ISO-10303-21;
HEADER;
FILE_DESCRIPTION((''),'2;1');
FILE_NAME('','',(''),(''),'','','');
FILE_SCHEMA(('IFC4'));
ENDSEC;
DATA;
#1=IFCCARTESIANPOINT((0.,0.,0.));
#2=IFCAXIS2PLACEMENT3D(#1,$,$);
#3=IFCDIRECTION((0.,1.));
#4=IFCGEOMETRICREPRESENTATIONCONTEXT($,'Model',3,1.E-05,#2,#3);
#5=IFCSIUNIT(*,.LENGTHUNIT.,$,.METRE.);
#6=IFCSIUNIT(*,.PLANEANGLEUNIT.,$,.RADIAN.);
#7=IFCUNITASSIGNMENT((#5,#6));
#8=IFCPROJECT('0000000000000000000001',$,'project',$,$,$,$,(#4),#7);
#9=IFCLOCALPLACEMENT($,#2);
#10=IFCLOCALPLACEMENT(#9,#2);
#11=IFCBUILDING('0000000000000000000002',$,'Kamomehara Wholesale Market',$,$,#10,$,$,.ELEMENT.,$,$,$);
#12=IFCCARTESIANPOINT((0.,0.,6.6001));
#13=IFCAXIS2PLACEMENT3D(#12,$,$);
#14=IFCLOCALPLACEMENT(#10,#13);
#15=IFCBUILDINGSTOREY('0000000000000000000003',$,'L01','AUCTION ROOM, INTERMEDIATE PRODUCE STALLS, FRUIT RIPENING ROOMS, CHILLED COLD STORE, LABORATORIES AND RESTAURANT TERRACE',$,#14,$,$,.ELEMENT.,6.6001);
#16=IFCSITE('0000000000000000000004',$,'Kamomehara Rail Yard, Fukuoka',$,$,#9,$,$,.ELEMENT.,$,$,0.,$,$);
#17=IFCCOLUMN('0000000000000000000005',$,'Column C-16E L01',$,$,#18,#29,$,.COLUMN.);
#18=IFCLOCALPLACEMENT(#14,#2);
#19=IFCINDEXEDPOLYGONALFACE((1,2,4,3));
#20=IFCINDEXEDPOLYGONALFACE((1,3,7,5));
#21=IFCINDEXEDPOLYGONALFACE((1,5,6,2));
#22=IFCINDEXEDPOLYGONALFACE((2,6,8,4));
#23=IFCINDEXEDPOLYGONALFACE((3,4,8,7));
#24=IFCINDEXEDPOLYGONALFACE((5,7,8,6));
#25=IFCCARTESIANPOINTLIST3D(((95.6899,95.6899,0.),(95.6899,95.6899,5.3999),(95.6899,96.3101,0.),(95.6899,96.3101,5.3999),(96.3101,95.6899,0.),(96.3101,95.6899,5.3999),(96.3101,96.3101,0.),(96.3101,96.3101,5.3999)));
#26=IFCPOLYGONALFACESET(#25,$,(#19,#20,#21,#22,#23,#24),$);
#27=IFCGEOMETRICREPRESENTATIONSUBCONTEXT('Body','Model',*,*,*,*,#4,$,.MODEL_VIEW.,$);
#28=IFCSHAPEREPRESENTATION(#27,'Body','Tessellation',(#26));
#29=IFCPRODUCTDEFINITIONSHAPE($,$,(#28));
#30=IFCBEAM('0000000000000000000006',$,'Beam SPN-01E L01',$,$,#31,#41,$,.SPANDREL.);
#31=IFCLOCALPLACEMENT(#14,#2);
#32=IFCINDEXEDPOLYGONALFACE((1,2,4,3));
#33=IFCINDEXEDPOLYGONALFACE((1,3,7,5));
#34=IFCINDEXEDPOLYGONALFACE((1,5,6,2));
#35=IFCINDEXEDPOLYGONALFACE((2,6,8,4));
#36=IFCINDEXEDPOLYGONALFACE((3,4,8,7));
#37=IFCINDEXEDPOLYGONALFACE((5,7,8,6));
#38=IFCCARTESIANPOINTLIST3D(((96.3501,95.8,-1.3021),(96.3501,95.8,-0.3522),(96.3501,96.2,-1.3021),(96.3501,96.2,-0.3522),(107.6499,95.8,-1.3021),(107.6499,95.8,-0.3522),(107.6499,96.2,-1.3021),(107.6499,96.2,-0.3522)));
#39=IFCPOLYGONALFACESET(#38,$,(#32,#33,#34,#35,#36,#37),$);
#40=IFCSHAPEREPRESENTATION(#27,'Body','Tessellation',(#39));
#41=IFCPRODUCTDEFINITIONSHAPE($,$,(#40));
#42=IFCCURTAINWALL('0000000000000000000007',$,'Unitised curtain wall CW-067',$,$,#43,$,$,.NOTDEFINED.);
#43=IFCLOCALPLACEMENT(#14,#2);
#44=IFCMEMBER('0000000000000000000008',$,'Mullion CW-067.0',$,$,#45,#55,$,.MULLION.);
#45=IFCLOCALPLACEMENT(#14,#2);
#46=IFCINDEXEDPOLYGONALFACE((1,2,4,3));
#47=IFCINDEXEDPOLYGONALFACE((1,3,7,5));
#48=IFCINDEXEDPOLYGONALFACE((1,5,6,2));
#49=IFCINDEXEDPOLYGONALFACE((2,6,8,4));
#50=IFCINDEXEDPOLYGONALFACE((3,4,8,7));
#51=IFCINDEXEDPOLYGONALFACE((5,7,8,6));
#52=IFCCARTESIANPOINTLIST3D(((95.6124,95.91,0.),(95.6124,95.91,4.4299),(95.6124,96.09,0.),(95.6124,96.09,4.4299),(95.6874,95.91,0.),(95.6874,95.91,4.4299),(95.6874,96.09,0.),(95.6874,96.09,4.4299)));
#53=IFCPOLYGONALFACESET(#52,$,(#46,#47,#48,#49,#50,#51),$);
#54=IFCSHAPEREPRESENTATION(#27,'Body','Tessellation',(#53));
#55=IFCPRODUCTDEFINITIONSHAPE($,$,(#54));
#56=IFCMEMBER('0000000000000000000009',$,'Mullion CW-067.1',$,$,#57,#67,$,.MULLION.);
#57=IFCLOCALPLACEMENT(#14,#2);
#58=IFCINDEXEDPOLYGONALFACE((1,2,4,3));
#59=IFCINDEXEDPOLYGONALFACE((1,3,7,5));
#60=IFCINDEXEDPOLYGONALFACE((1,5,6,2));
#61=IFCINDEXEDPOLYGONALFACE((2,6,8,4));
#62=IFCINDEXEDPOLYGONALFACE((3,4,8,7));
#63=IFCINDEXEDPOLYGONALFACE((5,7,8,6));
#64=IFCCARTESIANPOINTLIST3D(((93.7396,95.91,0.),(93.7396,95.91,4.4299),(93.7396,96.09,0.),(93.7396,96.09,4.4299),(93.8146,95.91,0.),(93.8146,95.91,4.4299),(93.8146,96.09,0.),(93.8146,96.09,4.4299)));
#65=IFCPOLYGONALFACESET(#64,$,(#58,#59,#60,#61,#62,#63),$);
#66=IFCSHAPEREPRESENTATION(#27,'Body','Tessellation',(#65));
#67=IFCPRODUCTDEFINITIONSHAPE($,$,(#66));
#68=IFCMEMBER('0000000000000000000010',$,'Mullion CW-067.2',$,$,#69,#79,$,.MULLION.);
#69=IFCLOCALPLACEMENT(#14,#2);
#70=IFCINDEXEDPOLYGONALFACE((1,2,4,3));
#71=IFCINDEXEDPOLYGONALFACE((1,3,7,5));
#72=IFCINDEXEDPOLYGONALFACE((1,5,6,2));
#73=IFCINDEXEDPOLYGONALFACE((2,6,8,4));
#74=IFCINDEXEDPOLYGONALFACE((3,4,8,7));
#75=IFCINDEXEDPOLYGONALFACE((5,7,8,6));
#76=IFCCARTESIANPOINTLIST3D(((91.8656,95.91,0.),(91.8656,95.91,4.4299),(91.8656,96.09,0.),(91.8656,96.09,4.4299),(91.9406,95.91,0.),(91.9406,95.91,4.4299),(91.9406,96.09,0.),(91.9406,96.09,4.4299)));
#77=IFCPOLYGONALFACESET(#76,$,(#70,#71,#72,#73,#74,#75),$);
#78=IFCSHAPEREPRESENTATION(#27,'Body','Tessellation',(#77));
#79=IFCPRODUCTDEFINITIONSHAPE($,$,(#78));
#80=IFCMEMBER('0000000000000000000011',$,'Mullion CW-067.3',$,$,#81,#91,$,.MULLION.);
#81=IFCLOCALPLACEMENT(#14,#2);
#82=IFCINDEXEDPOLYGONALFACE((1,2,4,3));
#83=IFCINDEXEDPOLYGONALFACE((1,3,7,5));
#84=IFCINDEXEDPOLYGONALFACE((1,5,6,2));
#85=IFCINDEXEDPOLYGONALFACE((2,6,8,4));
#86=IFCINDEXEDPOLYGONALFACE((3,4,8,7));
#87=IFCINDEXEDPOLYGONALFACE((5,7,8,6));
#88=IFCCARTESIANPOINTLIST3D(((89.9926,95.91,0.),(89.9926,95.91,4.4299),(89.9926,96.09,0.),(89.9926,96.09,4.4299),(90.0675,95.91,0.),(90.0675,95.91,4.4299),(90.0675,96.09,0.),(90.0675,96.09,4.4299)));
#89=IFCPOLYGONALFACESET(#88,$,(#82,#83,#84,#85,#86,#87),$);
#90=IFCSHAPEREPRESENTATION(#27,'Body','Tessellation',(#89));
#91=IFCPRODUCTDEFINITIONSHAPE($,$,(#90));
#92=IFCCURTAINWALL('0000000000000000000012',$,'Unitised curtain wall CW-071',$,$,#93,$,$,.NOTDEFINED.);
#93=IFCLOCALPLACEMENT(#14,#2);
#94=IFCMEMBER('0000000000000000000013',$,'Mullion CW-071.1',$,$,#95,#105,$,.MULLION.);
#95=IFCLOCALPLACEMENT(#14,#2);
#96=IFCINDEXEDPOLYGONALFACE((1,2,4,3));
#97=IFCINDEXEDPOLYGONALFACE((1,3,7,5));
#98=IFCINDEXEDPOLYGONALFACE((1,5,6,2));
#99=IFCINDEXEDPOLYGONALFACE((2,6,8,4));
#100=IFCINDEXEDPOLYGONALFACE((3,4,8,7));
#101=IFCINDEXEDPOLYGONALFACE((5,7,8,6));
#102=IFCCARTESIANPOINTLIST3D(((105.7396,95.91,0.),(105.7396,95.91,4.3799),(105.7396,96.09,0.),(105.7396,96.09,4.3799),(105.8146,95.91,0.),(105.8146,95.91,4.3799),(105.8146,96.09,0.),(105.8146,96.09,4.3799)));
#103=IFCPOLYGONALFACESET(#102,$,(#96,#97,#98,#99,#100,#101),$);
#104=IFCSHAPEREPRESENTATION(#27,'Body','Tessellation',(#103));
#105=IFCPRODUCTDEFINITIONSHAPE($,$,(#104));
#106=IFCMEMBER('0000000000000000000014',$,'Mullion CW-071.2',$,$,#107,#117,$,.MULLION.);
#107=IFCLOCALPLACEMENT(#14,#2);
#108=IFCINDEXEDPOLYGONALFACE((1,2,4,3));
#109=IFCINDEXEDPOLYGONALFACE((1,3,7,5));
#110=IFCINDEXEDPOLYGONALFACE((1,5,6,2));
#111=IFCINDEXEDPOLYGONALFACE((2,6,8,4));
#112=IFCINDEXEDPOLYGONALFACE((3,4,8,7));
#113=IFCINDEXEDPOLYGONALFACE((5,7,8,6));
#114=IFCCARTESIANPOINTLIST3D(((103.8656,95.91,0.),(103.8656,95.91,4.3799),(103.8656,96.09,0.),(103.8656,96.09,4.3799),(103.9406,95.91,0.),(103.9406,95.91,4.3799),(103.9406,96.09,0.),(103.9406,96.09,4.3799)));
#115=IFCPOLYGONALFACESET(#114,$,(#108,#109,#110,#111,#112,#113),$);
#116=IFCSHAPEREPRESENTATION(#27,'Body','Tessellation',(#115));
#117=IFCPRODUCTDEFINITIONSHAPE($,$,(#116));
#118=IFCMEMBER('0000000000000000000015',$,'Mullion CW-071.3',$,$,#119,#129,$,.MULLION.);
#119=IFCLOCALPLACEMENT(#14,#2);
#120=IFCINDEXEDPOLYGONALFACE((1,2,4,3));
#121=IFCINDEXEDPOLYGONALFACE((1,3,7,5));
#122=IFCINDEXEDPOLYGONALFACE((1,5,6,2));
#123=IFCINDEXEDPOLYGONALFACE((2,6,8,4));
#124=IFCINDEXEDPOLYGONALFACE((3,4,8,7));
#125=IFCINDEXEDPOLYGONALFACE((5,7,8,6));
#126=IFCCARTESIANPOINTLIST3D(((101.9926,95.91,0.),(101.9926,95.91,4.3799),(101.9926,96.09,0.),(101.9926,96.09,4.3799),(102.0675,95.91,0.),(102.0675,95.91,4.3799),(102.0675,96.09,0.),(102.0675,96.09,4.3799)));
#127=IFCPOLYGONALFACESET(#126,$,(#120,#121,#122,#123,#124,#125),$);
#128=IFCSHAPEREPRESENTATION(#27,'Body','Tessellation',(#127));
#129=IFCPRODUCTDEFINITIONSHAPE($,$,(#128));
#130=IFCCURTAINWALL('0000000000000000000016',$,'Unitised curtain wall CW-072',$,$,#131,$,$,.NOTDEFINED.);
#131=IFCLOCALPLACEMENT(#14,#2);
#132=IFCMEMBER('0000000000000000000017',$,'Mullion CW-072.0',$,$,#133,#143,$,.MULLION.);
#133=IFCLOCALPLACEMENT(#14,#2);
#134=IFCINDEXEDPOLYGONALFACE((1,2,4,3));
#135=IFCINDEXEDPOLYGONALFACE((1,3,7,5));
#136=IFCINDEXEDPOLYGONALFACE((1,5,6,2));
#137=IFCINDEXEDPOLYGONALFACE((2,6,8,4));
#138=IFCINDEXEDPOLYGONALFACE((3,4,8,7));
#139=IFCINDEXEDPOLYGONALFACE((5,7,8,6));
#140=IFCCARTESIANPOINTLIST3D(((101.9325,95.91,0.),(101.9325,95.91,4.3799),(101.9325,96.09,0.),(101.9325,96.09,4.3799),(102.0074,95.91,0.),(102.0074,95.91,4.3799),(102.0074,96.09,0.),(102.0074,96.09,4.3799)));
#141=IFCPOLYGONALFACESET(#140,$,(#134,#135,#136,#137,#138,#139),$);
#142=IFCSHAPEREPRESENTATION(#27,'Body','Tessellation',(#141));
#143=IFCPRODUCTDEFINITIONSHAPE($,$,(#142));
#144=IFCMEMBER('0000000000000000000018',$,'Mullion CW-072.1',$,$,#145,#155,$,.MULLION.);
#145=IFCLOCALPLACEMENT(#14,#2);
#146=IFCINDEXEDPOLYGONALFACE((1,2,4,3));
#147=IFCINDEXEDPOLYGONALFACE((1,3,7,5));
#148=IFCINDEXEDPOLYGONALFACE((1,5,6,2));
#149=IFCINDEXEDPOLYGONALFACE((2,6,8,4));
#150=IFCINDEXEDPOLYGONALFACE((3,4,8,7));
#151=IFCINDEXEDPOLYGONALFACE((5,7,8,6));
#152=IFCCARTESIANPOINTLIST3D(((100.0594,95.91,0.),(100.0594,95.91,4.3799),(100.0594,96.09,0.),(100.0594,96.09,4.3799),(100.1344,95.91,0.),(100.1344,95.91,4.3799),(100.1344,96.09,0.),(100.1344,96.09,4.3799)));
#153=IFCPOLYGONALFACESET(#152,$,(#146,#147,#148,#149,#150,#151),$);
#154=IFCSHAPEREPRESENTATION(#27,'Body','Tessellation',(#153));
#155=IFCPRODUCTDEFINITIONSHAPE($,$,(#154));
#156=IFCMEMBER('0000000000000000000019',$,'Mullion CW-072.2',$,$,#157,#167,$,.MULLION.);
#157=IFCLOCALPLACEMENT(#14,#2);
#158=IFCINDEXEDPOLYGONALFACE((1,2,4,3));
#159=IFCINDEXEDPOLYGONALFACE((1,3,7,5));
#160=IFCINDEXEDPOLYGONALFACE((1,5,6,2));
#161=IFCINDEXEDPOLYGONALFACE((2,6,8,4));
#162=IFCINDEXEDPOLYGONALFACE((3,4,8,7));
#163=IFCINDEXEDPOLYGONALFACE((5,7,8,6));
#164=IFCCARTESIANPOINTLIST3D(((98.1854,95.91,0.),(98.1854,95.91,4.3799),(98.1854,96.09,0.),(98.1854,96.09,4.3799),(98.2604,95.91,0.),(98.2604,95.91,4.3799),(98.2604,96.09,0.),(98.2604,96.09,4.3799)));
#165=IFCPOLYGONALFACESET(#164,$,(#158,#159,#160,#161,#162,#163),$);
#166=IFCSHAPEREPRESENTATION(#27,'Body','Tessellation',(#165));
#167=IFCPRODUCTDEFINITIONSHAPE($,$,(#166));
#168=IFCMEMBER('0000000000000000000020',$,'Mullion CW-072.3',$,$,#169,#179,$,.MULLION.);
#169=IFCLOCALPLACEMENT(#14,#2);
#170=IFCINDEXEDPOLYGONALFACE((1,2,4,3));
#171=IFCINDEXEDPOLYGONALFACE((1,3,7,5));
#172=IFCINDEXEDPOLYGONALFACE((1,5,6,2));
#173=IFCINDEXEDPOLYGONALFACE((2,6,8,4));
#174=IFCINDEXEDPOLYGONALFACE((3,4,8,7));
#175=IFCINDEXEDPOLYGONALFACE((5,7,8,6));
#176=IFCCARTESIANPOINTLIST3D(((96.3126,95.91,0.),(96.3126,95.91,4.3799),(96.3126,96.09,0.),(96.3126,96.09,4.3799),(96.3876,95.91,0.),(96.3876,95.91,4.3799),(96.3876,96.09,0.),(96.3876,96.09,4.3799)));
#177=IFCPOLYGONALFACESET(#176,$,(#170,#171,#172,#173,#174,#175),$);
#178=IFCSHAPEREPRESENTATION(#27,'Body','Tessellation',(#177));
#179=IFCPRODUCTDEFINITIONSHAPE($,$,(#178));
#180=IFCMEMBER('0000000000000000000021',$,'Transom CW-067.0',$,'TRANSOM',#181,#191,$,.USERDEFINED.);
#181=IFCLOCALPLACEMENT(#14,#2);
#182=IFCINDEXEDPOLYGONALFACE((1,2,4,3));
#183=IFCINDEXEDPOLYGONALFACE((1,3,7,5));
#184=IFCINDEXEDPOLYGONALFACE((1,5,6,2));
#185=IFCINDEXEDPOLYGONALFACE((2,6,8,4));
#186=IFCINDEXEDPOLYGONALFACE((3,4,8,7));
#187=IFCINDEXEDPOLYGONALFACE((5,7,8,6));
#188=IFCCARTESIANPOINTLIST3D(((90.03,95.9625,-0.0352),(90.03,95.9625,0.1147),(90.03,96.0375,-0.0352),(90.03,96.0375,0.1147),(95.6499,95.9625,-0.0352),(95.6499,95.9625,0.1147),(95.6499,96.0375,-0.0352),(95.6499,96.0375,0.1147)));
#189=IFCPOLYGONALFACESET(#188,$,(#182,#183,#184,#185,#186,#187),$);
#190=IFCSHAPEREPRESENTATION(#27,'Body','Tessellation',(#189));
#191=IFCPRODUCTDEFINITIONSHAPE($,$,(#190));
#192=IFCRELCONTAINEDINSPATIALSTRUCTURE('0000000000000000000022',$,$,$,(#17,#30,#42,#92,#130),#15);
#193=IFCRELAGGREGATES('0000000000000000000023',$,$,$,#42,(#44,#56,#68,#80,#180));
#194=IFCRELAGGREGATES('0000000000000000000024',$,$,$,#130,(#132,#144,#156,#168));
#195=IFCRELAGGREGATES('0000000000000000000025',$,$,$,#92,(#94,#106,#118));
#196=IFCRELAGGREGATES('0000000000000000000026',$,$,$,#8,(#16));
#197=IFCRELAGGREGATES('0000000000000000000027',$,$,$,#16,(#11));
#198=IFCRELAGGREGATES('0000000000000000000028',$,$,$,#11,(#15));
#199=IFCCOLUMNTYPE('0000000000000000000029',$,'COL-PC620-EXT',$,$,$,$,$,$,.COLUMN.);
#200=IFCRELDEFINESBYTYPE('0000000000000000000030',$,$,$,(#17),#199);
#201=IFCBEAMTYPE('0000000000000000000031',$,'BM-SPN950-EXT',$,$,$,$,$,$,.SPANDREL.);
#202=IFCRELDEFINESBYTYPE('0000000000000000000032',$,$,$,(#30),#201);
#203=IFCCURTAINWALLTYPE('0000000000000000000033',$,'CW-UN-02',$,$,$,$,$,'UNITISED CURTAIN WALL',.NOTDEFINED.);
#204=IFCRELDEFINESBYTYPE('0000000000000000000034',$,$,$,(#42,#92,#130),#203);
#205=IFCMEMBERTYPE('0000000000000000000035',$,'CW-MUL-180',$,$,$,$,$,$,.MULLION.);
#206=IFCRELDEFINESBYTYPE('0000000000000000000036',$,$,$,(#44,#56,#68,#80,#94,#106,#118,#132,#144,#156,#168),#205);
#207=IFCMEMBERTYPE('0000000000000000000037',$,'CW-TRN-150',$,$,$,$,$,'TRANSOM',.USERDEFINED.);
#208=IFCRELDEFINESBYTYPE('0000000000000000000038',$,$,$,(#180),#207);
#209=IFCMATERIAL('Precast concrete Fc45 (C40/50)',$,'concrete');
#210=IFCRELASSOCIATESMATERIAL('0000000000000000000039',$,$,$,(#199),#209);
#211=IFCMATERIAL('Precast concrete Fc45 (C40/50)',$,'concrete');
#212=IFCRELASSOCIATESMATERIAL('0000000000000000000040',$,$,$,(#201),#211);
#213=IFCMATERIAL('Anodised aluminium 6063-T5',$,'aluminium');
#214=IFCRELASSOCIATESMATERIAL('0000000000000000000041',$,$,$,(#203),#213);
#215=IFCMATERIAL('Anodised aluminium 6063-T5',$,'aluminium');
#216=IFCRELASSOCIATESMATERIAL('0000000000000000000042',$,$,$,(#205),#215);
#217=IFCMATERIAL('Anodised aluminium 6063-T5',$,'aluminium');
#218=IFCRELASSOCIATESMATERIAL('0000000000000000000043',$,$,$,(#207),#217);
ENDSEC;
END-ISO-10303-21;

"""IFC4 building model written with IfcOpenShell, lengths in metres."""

from ifc_helpers import new_model, si_unit, direction, frame, origin, origin_2d, place, context, subcontext, project, spatial, rectangle, extrude, material, material_profile, profile_set, type_object, element, aggregate, save


model = new_model("IFC4")

# Units and contexts
model_context = context("Model", 3, precision=1e-05, world=origin(), true_north=direction((0.0, 1.0)))
body_context = subcontext(model_context, "Body", "Model", "MODEL_VIEW")
ifc_project = project(units=[si_unit("LENGTHUNIT", "METRE"), si_unit("PLANEANGLEUNIT", "RADIAN")], contexts=[model_context])

# Site, building, storey
site_placement = place(None, origin())
site = spatial("IfcSite", under=ifc_project, at=site_placement, Name="Kamomehara Rail Yard, Fukuoka", CompositionType="ELEMENT", RefElevation=0.0)
building_placement = place(site_placement, origin())
building = spatial("IfcBuilding", under=site, at=building_placement, Name="Kamomehara Wholesale Market", CompositionType="ELEMENT")
storey_placement = place(building_placement, frame((0.0, 0.0, 6.6001)))
storey = spatial("IfcBuildingStorey", under=building, at=storey_placement, Name="L01", Description="AUCTION ROOM, INTERMEDIATE PRODUCE STALLS, FRUIT RIPENING ROOMS, CHILLED COLD STORE, LABORATORIES AND RESTAURANT TERRACE", CompositionType="ELEMENT", Elevation=6.6001)

# Column
ifc_material_1 = material(Name="Precast concrete Fc45 (C40/50)", Category="concrete")
ifc_material_profile_1 = material_profile(ifc_material_1, rectangle(XDim=0.6201, YDim=0.6201, at=origin_2d()), Name="PC-COL-620x620")
ifc_profile_set_1 = profile_set([ifc_material_profile_1], Name="Precast concrete Fc45 (C40/50)")
column_type = type_object("IfcColumnType", Name="COL-PC620-EXT", PredefinedType="COLUMN", material=ifc_profile_set_1)
column_placement = place(storey_placement, frame((96.0, 96.0, 0.0), z_axis=(0.0, 0.0, 1.0), x_axis=(1.0, 0.0, 0.0)))
element("IfcColumn", 1, at=column_placement, inside=storey, type_object=column_type, Name="Column C-16E L01", PredefinedType="COLUMN", context=body_context, shape_type="SweptSolid", body=[
    extrude(rectangle(XDim=0.6201, YDim=0.6201, at=origin_2d()), origin(), (0.0, 0.0, 1.0), 5.3999),
])

# Beam
ifc_material_2 = material(Name="Precast concrete Fc45 (C40/50)", Category="concrete")
ifc_material_profile_2 = material_profile(ifc_material_2, rectangle(XDim=0.3999, YDim=0.95, at=origin_2d()), Name="PC-SPN-400x950")
ifc_profile_set_2 = profile_set([ifc_material_profile_2], Name="Precast concrete Fc45 (C40/50)")
beam_type = type_object("IfcBeamType", Name="BM-SPN950-EXT", PredefinedType="SPANDREL", material=ifc_profile_set_2)
beam_placement = place(storey_placement, frame((96.3501, 96.0, -0.8271), z_axis=(1.0, 0.0, 0.0), x_axis=(0.0, 1.0, 0.0)))
element("IfcBeam", 2, at=beam_placement, inside=storey, type_object=beam_type, Name="Beam SPN-01E L01", PredefinedType="SPANDREL", context=body_context, shape_type="SweptSolid", body=[
    extrude(rectangle(XDim=0.3999, YDim=0.95, at=origin_2d()), origin(), (0.0, 0.0, 1.0), 11.2998),
])

# Curtain walls, members
ifc_material_3 = material(Name="Anodised aluminium 6063-T5", Category="aluminium")
curtain_wall_type = type_object("IfcCurtainWallType", Name="CW-UN-02", ElementType="UNITISED CURTAIN WALL", PredefinedType="NOTDEFINED", material=ifc_material_3)
curtain_wall_1_placement = place(storey_placement, origin())
curtain_wall_1 = element("IfcCurtainWall", 3, at=curtain_wall_1_placement, inside=storey, type_object=curtain_wall_type, Name="Unitised curtain wall CW-067", PredefinedType="NOTDEFINED")
ifc_material_4 = material(Name="Anodised aluminium 6063-T5", Category="aluminium")
ifc_material_profile_3 = material_profile(ifc_material_4, rectangle(XDim=0.075, YDim=0.1799, at=origin_2d()), Name="ALU-MUL-75x180")
ifc_profile_set_3 = profile_set([ifc_material_profile_3], Name="Anodised aluminium 6063-T5")
member_type_1 = type_object("IfcMemberType", Name="CW-MUL-180", PredefinedType="MULLION", material=ifc_profile_set_3)
member_1_placement = place(storey_placement, frame((95.6499, 96.0, 0.0), z_axis=(0.0, 0.0, 1.0), x_axis=(-1.0, 0.0, 0.0)))
member_1 = element("IfcMember", 4, at=member_1_placement, type_object=member_type_1, Name="Mullion CW-067.0", PredefinedType="MULLION", context=body_context, shape_type="SweptSolid", body=[
    extrude(rectangle(XDim=0.075, YDim=0.1799, at=origin_2d()), origin(), (0.0, 0.0, 1.0), 4.4299),
])
member_2_placement = place(storey_placement, frame((93.7771, 96.0, 0.0), z_axis=(0.0, 0.0, 1.0), x_axis=(-1.0, 0.0, 0.0)))
member_2 = element("IfcMember", 5, at=member_2_placement, type_object=member_type_1, Name="Mullion CW-067.1", PredefinedType="MULLION", context=body_context, shape_type="SweptSolid", body=[
    extrude(rectangle(XDim=0.075, YDim=0.1799, at=origin_2d()), origin(), (0.0, 0.0, 1.0), 4.4299),
])
member_3_placement = place(storey_placement, frame((91.9031, 96.0, 0.0), z_axis=(0.0, 0.0, 1.0), x_axis=(-1.0, 0.0, 0.0)))
member_3 = element("IfcMember", 6, at=member_3_placement, type_object=member_type_1, Name="Mullion CW-067.2", PredefinedType="MULLION", context=body_context, shape_type="SweptSolid", body=[
    extrude(rectangle(XDim=0.075, YDim=0.1799, at=origin_2d()), origin(), (0.0, 0.0, 1.0), 4.4299),
])
member_4_placement = place(storey_placement, frame((90.03, 96.0, 0.0), z_axis=(0.0, 0.0, 1.0), x_axis=(-1.0, 0.0, 0.0)))
member_4 = element("IfcMember", 7, at=member_4_placement, type_object=member_type_1, Name="Mullion CW-067.3", PredefinedType="MULLION", context=body_context, shape_type="SweptSolid", body=[
    extrude(rectangle(XDim=0.075, YDim=0.1799, at=origin_2d()), origin(), (0.0, 0.0, 1.0), 4.4299),
])
curtain_wall_2_placement = place(storey_placement, origin())
curtain_wall_2 = element("IfcCurtainWall", 8, at=curtain_wall_2_placement, inside=storey, type_object=curtain_wall_type, Name="Unitised curtain wall CW-071", PredefinedType="NOTDEFINED")
member_5_placement = place(storey_placement, frame((105.7771, 96.0, 0.0), z_axis=(0.0, 0.0, 1.0), x_axis=(-1.0, 0.0, 0.0)))
member_5 = element("IfcMember", 9, at=member_5_placement, type_object=member_type_1, Name="Mullion CW-071.1", PredefinedType="MULLION", context=body_context, shape_type="SweptSolid", body=[
    extrude(rectangle(XDim=0.075, YDim=0.1799, at=origin_2d()), origin(), (0.0, 0.0, 1.0), 4.3799),
])
member_6_placement = place(storey_placement, frame((103.9031, 96.0, 0.0), z_axis=(0.0, 0.0, 1.0), x_axis=(-1.0, 0.0, 0.0)))
member_6 = element("IfcMember", 10, at=member_6_placement, type_object=member_type_1, Name="Mullion CW-071.2", PredefinedType="MULLION", context=body_context, shape_type="SweptSolid", body=[
    extrude(rectangle(XDim=0.075, YDim=0.1799, at=origin_2d()), origin(), (0.0, 0.0, 1.0), 4.3799),
])
member_7_placement = place(storey_placement, frame((102.03, 96.0, 0.0), z_axis=(0.0, 0.0, 1.0), x_axis=(-1.0, 0.0, 0.0)))
member_7 = element("IfcMember", 11, at=member_7_placement, type_object=member_type_1, Name="Mullion CW-071.3", PredefinedType="MULLION", context=body_context, shape_type="SweptSolid", body=[
    extrude(rectangle(XDim=0.075, YDim=0.1799, at=origin_2d()), origin(), (0.0, 0.0, 1.0), 4.3799),
])
curtain_wall_3_placement = place(storey_placement, origin())
curtain_wall_3 = element("IfcCurtainWall", 12, at=curtain_wall_3_placement, inside=storey, type_object=curtain_wall_type, Name="Unitised curtain wall CW-072", PredefinedType="NOTDEFINED")
member_8_placement = place(storey_placement, frame((101.97, 96.0, 0.0), z_axis=(0.0, 0.0, 1.0), x_axis=(-1.0, 0.0, 0.0)))
member_8 = element("IfcMember", 13, at=member_8_placement, type_object=member_type_1, Name="Mullion CW-072.0", PredefinedType="MULLION", context=body_context, shape_type="SweptSolid", body=[
    extrude(rectangle(XDim=0.075, YDim=0.1799, at=origin_2d()), origin(), (0.0, 0.0, 1.0), 4.3799),
])
member_9_placement = place(storey_placement, frame((100.0969, 96.0, 0.0), z_axis=(0.0, 0.0, 1.0), x_axis=(-1.0, 0.0, 0.0)))
member_9 = element("IfcMember", 14, at=member_9_placement, type_object=member_type_1, Name="Mullion CW-072.1", PredefinedType="MULLION", context=body_context, shape_type="SweptSolid", body=[
    extrude(rectangle(XDim=0.075, YDim=0.1799, at=origin_2d()), origin(), (0.0, 0.0, 1.0), 4.3799),
])
member_10_placement = place(storey_placement, frame((98.2229, 96.0, 0.0), z_axis=(0.0, 0.0, 1.0), x_axis=(-1.0, 0.0, 0.0)))
member_10 = element("IfcMember", 15, at=member_10_placement, type_object=member_type_1, Name="Mullion CW-072.2", PredefinedType="MULLION", context=body_context, shape_type="SweptSolid", body=[
    extrude(rectangle(XDim=0.075, YDim=0.1799, at=origin_2d()), origin(), (0.0, 0.0, 1.0), 4.3799),
])
member_11_placement = place(storey_placement, frame((96.3501, 96.0, 0.0), z_axis=(0.0, 0.0, 1.0), x_axis=(-1.0, 0.0, 0.0)))
member_11 = element("IfcMember", 16, at=member_11_placement, type_object=member_type_1, Name="Mullion CW-072.3", PredefinedType="MULLION", context=body_context, shape_type="SweptSolid", body=[
    extrude(rectangle(XDim=0.075, YDim=0.1799, at=origin_2d()), origin(), (0.0, 0.0, 1.0), 4.3799),
])

# Member
ifc_material_5 = material(Name="Anodised aluminium 6063-T5", Category="aluminium")
ifc_material_profile_4 = material_profile(ifc_material_5, rectangle(XDim=0.075, YDim=0.1499, at=origin_2d()), Name="ALU-TRN-75x150")
ifc_profile_set_4 = profile_set([ifc_material_profile_4], Name="Anodised aluminium 6063-T5")
member_type_2 = type_object("IfcMemberType", Name="CW-TRN-150", ElementType="TRANSOM", PredefinedType="USERDEFINED", material=ifc_profile_set_4)
member_12_placement = place(storey_placement, frame((95.6499, 96.0, 0.0398), z_axis=(-1.0, 0.0, 0.0), x_axis=(0.0, -1.0, 0.0)))
member_12 = element("IfcMember", 17, at=member_12_placement, type_object=member_type_2, Name="Transom CW-067.0", ObjectType="TRANSOM", PredefinedType="USERDEFINED", context=body_context, shape_type="SweptSolid", body=[
    extrude(rectangle(XDim=0.075, YDim=0.1499, at=origin_2d()), origin(), (0.0, 0.0, 1.0), 5.6199),
])
aggregate(curtain_wall_1, [member_1, member_2, member_3, member_4, member_12])

aggregate(curtain_wall_3, [member_8, member_9, member_10, member_11])

aggregate(curtain_wall_2, [member_5, member_6, member_7])

save(model, "model.ifc")
